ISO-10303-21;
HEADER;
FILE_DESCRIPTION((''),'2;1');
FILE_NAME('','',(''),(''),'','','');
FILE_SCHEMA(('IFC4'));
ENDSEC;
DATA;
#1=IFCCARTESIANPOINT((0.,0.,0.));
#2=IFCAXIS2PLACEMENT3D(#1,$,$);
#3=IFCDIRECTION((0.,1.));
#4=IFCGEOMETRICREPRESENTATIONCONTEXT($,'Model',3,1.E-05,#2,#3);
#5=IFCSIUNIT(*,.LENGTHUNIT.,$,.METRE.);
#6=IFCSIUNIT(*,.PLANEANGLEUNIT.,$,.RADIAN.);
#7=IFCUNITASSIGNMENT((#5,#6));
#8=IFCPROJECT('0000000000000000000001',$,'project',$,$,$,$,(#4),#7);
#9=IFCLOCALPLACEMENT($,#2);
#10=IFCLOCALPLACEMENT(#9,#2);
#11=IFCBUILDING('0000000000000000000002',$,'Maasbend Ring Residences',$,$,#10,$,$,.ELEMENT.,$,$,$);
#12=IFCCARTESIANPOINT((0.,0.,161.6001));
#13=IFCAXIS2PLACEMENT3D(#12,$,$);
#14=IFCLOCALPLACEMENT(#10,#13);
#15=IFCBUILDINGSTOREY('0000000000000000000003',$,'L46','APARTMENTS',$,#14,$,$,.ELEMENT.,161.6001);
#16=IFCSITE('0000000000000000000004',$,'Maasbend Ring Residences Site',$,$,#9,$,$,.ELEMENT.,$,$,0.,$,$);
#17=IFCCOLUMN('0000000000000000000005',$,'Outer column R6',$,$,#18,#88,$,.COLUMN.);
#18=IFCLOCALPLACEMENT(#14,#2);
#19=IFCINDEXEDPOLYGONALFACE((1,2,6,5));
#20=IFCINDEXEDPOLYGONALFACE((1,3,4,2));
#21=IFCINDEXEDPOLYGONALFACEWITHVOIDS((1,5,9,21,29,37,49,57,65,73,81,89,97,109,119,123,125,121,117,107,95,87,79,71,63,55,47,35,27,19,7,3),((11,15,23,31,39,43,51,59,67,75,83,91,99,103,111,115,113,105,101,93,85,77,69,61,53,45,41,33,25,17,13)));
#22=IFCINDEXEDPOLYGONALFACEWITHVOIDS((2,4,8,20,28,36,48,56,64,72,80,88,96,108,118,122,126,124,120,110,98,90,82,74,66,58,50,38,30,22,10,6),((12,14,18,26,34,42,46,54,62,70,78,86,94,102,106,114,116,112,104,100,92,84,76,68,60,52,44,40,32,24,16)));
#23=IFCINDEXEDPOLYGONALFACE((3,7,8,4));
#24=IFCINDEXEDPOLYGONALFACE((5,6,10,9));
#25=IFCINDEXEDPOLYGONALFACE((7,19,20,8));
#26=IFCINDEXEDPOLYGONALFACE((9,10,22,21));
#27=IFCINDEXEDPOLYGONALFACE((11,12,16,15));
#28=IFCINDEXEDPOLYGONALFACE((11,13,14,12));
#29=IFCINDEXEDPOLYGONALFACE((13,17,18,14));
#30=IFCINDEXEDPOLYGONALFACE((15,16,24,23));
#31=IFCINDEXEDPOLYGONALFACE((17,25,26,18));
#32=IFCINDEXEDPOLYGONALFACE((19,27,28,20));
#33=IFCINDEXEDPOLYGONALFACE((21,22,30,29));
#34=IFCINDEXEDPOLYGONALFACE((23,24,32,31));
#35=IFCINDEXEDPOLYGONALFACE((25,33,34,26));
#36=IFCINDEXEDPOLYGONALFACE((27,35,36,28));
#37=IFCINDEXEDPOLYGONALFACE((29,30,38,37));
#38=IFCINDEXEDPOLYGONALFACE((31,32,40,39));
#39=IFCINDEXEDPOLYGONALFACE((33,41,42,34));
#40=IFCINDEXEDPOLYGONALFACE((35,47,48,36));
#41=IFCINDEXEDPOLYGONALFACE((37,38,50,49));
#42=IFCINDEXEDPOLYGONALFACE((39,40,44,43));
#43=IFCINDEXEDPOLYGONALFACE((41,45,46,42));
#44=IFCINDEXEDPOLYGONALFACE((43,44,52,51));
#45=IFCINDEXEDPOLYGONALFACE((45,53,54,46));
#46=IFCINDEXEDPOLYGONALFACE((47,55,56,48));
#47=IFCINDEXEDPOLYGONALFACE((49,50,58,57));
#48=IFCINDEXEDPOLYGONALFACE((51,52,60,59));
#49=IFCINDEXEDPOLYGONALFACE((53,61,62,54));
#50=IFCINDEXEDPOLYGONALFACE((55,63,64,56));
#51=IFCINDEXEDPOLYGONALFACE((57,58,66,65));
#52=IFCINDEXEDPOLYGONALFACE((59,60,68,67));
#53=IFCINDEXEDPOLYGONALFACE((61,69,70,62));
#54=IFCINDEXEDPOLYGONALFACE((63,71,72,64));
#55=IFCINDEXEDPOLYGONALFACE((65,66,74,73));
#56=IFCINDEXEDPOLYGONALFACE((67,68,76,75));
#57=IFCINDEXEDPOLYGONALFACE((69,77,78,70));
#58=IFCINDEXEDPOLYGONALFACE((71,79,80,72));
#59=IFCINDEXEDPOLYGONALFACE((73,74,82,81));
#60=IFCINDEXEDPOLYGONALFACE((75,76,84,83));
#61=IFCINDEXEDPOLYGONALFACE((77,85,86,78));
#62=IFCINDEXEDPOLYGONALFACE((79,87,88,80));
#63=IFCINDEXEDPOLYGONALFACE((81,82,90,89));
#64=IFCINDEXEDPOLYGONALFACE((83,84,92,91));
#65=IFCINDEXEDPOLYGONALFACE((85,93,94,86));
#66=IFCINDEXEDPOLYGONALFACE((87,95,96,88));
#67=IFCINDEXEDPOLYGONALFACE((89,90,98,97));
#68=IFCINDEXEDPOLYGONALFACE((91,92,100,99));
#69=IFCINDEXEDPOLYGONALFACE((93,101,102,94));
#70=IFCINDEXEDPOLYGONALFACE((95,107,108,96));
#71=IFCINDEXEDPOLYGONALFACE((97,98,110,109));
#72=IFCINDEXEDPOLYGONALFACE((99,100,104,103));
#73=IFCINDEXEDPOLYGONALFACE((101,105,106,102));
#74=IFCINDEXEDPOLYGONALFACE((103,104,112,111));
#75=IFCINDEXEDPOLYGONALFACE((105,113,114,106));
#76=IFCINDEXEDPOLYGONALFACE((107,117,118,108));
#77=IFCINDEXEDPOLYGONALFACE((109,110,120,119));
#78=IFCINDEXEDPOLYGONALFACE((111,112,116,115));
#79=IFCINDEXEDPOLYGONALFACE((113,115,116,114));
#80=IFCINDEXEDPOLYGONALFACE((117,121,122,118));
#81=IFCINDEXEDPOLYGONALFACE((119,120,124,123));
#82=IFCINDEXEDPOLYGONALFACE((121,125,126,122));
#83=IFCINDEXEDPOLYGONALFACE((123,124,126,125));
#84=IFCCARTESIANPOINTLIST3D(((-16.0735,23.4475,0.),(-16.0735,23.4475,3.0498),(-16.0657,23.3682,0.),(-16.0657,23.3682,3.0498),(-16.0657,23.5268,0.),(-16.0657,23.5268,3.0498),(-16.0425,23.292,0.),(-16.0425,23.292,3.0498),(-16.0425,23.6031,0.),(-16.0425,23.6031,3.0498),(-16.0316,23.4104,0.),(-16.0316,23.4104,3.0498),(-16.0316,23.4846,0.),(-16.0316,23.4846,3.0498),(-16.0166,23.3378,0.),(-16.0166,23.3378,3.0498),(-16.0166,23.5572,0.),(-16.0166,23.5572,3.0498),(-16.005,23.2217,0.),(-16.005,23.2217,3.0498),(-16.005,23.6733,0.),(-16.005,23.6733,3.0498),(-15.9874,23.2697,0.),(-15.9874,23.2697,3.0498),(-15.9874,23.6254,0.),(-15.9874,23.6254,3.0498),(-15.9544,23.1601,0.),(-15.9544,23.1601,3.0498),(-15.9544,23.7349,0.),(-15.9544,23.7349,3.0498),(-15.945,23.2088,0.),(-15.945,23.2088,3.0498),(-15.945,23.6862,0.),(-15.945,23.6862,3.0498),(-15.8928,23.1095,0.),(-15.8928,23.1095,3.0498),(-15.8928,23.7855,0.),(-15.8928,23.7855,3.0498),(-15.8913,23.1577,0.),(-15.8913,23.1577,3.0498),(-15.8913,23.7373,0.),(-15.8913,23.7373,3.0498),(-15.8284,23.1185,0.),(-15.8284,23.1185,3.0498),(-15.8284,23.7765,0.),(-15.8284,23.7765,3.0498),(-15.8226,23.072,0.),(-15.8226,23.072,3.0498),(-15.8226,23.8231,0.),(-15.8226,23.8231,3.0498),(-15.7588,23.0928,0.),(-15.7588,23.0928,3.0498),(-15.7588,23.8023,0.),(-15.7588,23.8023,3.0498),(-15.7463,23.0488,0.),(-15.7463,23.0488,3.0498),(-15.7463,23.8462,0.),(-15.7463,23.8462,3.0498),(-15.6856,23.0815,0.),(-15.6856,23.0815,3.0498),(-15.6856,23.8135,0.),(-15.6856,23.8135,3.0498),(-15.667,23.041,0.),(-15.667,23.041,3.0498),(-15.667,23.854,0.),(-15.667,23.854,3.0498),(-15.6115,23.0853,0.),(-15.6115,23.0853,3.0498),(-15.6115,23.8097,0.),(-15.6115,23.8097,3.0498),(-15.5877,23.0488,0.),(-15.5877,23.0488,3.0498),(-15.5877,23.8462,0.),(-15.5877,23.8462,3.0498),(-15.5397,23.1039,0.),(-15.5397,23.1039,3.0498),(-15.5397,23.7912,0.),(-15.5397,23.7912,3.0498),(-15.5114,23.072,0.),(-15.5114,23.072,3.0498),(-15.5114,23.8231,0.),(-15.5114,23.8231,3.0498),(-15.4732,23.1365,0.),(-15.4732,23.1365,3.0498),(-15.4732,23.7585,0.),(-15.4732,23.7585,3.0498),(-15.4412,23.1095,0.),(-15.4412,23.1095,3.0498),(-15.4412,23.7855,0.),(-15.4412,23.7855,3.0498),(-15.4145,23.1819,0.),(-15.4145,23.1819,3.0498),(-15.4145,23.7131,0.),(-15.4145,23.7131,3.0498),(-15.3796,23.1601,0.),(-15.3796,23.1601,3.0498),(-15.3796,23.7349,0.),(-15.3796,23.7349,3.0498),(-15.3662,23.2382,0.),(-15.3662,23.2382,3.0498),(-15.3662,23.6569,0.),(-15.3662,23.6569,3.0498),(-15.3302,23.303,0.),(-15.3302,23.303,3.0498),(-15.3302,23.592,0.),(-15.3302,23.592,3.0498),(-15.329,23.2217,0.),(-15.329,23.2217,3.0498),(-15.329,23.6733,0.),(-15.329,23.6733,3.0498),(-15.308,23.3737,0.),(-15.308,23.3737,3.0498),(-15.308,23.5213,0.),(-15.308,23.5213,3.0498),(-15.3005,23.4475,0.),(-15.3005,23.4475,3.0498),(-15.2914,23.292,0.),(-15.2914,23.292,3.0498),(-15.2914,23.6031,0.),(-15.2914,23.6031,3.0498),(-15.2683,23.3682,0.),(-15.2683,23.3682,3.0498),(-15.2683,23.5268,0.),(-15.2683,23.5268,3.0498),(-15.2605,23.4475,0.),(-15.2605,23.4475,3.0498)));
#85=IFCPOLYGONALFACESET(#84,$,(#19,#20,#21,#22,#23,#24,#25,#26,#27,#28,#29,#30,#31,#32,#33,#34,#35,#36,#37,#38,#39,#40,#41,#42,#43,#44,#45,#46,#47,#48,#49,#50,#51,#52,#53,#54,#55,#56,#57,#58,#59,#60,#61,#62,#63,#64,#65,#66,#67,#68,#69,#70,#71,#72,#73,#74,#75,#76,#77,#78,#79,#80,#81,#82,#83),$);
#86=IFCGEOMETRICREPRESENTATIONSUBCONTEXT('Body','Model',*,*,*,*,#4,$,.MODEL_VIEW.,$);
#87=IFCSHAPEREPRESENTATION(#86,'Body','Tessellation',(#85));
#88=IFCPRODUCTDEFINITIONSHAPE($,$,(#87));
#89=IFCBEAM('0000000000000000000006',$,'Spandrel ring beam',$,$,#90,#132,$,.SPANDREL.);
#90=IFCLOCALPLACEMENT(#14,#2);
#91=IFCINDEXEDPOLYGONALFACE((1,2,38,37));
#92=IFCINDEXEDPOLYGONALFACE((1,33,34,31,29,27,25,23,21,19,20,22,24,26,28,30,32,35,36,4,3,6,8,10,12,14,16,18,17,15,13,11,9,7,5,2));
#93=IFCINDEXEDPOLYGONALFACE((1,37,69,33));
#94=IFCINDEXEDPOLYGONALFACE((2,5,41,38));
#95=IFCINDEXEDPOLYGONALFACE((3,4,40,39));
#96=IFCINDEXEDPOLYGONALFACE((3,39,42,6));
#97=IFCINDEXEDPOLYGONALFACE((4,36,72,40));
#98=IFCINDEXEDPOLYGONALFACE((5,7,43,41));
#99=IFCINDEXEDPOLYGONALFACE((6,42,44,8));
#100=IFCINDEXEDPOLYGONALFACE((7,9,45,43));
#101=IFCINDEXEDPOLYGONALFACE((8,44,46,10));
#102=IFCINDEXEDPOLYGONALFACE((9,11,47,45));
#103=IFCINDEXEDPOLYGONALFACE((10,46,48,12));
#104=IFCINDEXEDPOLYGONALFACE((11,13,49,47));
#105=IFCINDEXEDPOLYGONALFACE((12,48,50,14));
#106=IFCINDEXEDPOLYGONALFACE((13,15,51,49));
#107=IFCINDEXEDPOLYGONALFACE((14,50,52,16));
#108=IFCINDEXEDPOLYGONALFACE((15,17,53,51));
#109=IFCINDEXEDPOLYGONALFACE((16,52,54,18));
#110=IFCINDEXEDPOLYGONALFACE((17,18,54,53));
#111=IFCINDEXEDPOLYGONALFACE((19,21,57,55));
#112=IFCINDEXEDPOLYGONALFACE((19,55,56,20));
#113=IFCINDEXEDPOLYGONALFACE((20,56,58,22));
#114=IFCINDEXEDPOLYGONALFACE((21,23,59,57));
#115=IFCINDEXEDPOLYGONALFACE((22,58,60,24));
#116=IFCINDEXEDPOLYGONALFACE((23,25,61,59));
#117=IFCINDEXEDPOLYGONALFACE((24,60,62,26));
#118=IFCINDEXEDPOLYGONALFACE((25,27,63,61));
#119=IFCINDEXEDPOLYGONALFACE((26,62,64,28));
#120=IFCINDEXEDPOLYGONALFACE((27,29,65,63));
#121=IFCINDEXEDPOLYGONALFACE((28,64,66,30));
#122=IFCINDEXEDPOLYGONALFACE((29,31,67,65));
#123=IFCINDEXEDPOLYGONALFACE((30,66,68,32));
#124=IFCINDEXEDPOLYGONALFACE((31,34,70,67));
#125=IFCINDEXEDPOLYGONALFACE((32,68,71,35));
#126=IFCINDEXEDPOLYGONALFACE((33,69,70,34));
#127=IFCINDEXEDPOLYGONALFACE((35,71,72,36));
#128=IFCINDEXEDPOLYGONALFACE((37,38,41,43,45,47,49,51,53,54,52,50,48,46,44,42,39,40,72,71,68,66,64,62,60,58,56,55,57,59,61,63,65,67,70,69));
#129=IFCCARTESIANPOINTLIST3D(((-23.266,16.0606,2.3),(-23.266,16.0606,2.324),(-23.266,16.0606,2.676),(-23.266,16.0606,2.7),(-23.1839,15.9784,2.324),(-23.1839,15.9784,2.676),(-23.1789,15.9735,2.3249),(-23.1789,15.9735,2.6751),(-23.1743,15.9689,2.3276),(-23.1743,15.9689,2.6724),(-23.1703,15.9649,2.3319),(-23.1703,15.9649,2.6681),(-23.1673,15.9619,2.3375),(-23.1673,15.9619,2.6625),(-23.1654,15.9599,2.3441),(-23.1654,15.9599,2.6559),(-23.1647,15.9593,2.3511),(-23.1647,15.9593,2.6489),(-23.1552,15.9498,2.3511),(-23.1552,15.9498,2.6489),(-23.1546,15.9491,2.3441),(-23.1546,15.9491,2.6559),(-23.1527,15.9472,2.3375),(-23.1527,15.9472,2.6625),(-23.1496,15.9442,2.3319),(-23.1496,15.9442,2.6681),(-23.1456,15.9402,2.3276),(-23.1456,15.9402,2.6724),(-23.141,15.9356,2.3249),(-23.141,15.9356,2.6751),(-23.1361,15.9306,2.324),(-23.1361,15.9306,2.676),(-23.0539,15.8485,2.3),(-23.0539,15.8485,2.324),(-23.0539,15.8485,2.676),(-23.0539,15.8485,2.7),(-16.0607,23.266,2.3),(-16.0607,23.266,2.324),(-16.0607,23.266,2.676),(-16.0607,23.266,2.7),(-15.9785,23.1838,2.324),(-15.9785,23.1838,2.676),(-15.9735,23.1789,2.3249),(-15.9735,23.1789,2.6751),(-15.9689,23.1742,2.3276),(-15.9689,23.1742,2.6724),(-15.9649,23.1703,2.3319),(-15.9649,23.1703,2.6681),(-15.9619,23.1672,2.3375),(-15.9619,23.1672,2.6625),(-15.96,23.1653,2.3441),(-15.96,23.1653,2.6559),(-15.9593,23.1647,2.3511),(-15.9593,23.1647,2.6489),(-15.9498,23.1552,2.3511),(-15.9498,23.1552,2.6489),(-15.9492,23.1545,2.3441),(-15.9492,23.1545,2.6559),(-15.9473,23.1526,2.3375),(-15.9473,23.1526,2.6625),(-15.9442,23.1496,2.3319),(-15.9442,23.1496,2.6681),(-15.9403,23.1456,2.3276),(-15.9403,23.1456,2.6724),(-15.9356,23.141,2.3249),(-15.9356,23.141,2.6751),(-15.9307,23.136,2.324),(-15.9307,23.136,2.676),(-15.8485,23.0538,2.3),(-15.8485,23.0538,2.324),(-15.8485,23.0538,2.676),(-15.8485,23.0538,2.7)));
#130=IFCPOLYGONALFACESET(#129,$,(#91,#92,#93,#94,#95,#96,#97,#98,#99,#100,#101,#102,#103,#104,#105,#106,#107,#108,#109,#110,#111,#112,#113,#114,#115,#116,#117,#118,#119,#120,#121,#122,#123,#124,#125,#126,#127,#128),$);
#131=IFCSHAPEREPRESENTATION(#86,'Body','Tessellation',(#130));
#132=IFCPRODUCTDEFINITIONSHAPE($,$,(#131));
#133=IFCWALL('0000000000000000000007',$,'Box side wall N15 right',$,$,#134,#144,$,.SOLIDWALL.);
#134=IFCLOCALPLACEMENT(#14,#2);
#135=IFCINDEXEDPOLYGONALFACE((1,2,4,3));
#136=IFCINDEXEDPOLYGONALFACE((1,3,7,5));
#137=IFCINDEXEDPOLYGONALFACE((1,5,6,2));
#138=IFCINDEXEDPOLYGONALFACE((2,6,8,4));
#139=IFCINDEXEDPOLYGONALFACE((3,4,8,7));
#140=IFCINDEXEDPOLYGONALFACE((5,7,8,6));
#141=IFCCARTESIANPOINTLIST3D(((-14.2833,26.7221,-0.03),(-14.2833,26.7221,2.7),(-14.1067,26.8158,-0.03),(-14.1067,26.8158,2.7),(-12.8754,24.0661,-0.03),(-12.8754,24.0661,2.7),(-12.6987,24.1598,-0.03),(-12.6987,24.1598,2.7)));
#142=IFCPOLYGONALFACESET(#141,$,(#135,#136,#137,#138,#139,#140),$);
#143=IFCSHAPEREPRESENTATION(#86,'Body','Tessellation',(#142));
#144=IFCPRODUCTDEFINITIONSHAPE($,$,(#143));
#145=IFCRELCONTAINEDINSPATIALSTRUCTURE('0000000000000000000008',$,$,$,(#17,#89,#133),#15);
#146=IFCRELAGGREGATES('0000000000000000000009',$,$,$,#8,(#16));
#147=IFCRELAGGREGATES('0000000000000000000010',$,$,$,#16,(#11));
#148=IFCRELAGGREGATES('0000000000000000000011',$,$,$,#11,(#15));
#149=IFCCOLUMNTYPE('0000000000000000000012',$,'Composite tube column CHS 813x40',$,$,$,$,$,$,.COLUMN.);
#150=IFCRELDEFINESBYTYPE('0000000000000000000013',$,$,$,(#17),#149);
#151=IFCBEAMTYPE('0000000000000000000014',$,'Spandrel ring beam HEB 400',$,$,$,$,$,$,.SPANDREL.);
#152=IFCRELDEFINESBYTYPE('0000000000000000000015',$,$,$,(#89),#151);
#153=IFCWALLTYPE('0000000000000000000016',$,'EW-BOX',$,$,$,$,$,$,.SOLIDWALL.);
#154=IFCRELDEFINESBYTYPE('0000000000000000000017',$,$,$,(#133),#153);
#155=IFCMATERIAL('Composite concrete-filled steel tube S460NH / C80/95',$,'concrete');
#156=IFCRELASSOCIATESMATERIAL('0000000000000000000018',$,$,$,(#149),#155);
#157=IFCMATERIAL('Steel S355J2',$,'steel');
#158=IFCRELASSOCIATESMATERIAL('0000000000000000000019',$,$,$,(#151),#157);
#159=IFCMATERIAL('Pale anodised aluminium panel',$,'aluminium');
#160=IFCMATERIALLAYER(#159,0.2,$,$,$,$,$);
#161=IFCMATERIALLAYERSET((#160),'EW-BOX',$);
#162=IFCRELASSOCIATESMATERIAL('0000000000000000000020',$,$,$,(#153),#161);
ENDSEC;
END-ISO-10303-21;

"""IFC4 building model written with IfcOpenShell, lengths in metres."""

from ifc_helpers import new_model, si_unit, direction, frame, frame_2d, origin, origin_2d, place, context, subcontext, project, spatial, rectangle, hollow_circle, i_section, extrude, material, layer, layer_set, material_profile, profile_set, type_object, element, save


model = new_model("IFC4")

# Units and contexts
model_context = context("Model", 3, precision=1e-05, world=origin(), true_north=direction((0.0, 1.0)))
body_context = subcontext(model_context, "Body", "Model", "MODEL_VIEW")
ifc_project = project(units=[si_unit("LENGTHUNIT", "METRE"), si_unit("PLANEANGLEUNIT", "RADIAN")], contexts=[model_context])

# Site, building, storey
site_placement = place(None, origin())
site = spatial("IfcSite", under=ifc_project, at=site_placement, Name="Maasbend Ring Residences Site", CompositionType="ELEMENT", RefElevation=0.0)
building_placement = place(site_placement, origin())
building = spatial("IfcBuilding", under=site, at=building_placement, Name="Maasbend Ring Residences", CompositionType="ELEMENT")
storey_placement = place(building_placement, frame((0.0, 0.0, 161.6001)))
storey = spatial("IfcBuildingStorey", under=building, at=storey_placement, Name="L46", Description="APARTMENTS", CompositionType="ELEMENT", Elevation=161.6001)

# Column
ifc_material_1 = material(Name="Composite concrete-filled steel tube S460NH / C80/95", Category="concrete")
ifc_material_profile_1 = material_profile(ifc_material_1, hollow_circle(Radius=0.4065, WallThickness=0.04, at=origin_2d()), Name="Composite tube column CHS 813x40")
ifc_profile_set_1 = profile_set([ifc_material_profile_1], Name="Composite concrete-filled steel tube S460NH / C80/95")
column_type = type_object("IfcColumnType", Name="Composite tube column CHS 813x40", PredefinedType="COLUMN", material=ifc_profile_set_1)
column_placement = place(storey_placement, frame((-15.667, 23.4475, 0.0), z_axis=(0.0, 0.0, 1.0), x_axis=(1.0, 0.0, 0.0)))
element("IfcColumn", 1, at=column_placement, inside=storey, type_object=column_type, Name="Outer column R6", PredefinedType="COLUMN", context=body_context, shape_type="SweptSolid", body=[
    extrude(hollow_circle(Radius=0.4065, WallThickness=0.04, at=origin_2d()), origin(), (0.0, 0.0, 1.0), 3.0498),
])

# Beam
ifc_material_2 = material(Name="Steel S355J2", Category="steel")
ifc_material_profile_2 = material_profile(ifc_material_2, i_section(OverallWidth=0.3, OverallDepth=0.3999, WebThickness=0.0134, FlangeThickness=0.0239, FilletRadius=0.0271, at=origin_2d()), Name="HEB 400")
ifc_profile_set_2 = profile_set([ifc_material_profile_2], Name="Steel S355J2")
beam_type = type_object("IfcBeamType", Name="Spandrel ring beam HEB 400", PredefinedType="SPANDREL", material=ifc_profile_set_2)
beam_placement = place(storey_placement, frame((-15.9546, 23.1599, 2.5), z_axis=(-0.707107, -0.707107, 0.0), x_axis=(0.707107, -0.707107, 0.0)))
element("IfcBeam", 2, at=beam_placement, inside=storey, type_object=beam_type, Name="Spandrel ring beam", PredefinedType="SPANDREL", context=body_context, shape_type="SweptSolid", body=[
    extrude(i_section(OverallWidth=0.3, OverallDepth=0.3999, WebThickness=0.0134, FlangeThickness=0.0239, FilletRadius=0.0271, at=origin_2d()), origin(), (0.0, 0.0, 1.0), 10.1899),
])

# Wall
ifc_material_3 = material(Name="Pale anodised aluminium panel", Category="aluminium")
ifc_layer_1 = layer(ifc_material_3, 0.2)
ifc_layer_set_1 = layer_set([ifc_layer_1], Name="EW-BOX")
wall_type_1 = type_object("IfcWallType", Name="EW-BOX", PredefinedType="SOLIDWALL", material=ifc_layer_set_1)
wall_1_placement = place(storey_placement, frame((-12.7871, 24.113, -0.03), z_axis=(0.0, 0.0, 1.0), x_axis=(-0.468365, 0.883535, 0.0)))
element("IfcWall", 3, at=wall_1_placement, inside=storey, type_object=wall_type_1, Name="Box side wall N15 right", PredefinedType="SOLIDWALL", context=body_context, shape_type="SweptSolid", body=[
    extrude(rectangle(XDim=3.0061, YDim=0.2, at=frame_2d((1.5029, 0.0))), origin(), (0.0, 0.0, 1.0), 2.73),
])

save(model, "model.ifc")
